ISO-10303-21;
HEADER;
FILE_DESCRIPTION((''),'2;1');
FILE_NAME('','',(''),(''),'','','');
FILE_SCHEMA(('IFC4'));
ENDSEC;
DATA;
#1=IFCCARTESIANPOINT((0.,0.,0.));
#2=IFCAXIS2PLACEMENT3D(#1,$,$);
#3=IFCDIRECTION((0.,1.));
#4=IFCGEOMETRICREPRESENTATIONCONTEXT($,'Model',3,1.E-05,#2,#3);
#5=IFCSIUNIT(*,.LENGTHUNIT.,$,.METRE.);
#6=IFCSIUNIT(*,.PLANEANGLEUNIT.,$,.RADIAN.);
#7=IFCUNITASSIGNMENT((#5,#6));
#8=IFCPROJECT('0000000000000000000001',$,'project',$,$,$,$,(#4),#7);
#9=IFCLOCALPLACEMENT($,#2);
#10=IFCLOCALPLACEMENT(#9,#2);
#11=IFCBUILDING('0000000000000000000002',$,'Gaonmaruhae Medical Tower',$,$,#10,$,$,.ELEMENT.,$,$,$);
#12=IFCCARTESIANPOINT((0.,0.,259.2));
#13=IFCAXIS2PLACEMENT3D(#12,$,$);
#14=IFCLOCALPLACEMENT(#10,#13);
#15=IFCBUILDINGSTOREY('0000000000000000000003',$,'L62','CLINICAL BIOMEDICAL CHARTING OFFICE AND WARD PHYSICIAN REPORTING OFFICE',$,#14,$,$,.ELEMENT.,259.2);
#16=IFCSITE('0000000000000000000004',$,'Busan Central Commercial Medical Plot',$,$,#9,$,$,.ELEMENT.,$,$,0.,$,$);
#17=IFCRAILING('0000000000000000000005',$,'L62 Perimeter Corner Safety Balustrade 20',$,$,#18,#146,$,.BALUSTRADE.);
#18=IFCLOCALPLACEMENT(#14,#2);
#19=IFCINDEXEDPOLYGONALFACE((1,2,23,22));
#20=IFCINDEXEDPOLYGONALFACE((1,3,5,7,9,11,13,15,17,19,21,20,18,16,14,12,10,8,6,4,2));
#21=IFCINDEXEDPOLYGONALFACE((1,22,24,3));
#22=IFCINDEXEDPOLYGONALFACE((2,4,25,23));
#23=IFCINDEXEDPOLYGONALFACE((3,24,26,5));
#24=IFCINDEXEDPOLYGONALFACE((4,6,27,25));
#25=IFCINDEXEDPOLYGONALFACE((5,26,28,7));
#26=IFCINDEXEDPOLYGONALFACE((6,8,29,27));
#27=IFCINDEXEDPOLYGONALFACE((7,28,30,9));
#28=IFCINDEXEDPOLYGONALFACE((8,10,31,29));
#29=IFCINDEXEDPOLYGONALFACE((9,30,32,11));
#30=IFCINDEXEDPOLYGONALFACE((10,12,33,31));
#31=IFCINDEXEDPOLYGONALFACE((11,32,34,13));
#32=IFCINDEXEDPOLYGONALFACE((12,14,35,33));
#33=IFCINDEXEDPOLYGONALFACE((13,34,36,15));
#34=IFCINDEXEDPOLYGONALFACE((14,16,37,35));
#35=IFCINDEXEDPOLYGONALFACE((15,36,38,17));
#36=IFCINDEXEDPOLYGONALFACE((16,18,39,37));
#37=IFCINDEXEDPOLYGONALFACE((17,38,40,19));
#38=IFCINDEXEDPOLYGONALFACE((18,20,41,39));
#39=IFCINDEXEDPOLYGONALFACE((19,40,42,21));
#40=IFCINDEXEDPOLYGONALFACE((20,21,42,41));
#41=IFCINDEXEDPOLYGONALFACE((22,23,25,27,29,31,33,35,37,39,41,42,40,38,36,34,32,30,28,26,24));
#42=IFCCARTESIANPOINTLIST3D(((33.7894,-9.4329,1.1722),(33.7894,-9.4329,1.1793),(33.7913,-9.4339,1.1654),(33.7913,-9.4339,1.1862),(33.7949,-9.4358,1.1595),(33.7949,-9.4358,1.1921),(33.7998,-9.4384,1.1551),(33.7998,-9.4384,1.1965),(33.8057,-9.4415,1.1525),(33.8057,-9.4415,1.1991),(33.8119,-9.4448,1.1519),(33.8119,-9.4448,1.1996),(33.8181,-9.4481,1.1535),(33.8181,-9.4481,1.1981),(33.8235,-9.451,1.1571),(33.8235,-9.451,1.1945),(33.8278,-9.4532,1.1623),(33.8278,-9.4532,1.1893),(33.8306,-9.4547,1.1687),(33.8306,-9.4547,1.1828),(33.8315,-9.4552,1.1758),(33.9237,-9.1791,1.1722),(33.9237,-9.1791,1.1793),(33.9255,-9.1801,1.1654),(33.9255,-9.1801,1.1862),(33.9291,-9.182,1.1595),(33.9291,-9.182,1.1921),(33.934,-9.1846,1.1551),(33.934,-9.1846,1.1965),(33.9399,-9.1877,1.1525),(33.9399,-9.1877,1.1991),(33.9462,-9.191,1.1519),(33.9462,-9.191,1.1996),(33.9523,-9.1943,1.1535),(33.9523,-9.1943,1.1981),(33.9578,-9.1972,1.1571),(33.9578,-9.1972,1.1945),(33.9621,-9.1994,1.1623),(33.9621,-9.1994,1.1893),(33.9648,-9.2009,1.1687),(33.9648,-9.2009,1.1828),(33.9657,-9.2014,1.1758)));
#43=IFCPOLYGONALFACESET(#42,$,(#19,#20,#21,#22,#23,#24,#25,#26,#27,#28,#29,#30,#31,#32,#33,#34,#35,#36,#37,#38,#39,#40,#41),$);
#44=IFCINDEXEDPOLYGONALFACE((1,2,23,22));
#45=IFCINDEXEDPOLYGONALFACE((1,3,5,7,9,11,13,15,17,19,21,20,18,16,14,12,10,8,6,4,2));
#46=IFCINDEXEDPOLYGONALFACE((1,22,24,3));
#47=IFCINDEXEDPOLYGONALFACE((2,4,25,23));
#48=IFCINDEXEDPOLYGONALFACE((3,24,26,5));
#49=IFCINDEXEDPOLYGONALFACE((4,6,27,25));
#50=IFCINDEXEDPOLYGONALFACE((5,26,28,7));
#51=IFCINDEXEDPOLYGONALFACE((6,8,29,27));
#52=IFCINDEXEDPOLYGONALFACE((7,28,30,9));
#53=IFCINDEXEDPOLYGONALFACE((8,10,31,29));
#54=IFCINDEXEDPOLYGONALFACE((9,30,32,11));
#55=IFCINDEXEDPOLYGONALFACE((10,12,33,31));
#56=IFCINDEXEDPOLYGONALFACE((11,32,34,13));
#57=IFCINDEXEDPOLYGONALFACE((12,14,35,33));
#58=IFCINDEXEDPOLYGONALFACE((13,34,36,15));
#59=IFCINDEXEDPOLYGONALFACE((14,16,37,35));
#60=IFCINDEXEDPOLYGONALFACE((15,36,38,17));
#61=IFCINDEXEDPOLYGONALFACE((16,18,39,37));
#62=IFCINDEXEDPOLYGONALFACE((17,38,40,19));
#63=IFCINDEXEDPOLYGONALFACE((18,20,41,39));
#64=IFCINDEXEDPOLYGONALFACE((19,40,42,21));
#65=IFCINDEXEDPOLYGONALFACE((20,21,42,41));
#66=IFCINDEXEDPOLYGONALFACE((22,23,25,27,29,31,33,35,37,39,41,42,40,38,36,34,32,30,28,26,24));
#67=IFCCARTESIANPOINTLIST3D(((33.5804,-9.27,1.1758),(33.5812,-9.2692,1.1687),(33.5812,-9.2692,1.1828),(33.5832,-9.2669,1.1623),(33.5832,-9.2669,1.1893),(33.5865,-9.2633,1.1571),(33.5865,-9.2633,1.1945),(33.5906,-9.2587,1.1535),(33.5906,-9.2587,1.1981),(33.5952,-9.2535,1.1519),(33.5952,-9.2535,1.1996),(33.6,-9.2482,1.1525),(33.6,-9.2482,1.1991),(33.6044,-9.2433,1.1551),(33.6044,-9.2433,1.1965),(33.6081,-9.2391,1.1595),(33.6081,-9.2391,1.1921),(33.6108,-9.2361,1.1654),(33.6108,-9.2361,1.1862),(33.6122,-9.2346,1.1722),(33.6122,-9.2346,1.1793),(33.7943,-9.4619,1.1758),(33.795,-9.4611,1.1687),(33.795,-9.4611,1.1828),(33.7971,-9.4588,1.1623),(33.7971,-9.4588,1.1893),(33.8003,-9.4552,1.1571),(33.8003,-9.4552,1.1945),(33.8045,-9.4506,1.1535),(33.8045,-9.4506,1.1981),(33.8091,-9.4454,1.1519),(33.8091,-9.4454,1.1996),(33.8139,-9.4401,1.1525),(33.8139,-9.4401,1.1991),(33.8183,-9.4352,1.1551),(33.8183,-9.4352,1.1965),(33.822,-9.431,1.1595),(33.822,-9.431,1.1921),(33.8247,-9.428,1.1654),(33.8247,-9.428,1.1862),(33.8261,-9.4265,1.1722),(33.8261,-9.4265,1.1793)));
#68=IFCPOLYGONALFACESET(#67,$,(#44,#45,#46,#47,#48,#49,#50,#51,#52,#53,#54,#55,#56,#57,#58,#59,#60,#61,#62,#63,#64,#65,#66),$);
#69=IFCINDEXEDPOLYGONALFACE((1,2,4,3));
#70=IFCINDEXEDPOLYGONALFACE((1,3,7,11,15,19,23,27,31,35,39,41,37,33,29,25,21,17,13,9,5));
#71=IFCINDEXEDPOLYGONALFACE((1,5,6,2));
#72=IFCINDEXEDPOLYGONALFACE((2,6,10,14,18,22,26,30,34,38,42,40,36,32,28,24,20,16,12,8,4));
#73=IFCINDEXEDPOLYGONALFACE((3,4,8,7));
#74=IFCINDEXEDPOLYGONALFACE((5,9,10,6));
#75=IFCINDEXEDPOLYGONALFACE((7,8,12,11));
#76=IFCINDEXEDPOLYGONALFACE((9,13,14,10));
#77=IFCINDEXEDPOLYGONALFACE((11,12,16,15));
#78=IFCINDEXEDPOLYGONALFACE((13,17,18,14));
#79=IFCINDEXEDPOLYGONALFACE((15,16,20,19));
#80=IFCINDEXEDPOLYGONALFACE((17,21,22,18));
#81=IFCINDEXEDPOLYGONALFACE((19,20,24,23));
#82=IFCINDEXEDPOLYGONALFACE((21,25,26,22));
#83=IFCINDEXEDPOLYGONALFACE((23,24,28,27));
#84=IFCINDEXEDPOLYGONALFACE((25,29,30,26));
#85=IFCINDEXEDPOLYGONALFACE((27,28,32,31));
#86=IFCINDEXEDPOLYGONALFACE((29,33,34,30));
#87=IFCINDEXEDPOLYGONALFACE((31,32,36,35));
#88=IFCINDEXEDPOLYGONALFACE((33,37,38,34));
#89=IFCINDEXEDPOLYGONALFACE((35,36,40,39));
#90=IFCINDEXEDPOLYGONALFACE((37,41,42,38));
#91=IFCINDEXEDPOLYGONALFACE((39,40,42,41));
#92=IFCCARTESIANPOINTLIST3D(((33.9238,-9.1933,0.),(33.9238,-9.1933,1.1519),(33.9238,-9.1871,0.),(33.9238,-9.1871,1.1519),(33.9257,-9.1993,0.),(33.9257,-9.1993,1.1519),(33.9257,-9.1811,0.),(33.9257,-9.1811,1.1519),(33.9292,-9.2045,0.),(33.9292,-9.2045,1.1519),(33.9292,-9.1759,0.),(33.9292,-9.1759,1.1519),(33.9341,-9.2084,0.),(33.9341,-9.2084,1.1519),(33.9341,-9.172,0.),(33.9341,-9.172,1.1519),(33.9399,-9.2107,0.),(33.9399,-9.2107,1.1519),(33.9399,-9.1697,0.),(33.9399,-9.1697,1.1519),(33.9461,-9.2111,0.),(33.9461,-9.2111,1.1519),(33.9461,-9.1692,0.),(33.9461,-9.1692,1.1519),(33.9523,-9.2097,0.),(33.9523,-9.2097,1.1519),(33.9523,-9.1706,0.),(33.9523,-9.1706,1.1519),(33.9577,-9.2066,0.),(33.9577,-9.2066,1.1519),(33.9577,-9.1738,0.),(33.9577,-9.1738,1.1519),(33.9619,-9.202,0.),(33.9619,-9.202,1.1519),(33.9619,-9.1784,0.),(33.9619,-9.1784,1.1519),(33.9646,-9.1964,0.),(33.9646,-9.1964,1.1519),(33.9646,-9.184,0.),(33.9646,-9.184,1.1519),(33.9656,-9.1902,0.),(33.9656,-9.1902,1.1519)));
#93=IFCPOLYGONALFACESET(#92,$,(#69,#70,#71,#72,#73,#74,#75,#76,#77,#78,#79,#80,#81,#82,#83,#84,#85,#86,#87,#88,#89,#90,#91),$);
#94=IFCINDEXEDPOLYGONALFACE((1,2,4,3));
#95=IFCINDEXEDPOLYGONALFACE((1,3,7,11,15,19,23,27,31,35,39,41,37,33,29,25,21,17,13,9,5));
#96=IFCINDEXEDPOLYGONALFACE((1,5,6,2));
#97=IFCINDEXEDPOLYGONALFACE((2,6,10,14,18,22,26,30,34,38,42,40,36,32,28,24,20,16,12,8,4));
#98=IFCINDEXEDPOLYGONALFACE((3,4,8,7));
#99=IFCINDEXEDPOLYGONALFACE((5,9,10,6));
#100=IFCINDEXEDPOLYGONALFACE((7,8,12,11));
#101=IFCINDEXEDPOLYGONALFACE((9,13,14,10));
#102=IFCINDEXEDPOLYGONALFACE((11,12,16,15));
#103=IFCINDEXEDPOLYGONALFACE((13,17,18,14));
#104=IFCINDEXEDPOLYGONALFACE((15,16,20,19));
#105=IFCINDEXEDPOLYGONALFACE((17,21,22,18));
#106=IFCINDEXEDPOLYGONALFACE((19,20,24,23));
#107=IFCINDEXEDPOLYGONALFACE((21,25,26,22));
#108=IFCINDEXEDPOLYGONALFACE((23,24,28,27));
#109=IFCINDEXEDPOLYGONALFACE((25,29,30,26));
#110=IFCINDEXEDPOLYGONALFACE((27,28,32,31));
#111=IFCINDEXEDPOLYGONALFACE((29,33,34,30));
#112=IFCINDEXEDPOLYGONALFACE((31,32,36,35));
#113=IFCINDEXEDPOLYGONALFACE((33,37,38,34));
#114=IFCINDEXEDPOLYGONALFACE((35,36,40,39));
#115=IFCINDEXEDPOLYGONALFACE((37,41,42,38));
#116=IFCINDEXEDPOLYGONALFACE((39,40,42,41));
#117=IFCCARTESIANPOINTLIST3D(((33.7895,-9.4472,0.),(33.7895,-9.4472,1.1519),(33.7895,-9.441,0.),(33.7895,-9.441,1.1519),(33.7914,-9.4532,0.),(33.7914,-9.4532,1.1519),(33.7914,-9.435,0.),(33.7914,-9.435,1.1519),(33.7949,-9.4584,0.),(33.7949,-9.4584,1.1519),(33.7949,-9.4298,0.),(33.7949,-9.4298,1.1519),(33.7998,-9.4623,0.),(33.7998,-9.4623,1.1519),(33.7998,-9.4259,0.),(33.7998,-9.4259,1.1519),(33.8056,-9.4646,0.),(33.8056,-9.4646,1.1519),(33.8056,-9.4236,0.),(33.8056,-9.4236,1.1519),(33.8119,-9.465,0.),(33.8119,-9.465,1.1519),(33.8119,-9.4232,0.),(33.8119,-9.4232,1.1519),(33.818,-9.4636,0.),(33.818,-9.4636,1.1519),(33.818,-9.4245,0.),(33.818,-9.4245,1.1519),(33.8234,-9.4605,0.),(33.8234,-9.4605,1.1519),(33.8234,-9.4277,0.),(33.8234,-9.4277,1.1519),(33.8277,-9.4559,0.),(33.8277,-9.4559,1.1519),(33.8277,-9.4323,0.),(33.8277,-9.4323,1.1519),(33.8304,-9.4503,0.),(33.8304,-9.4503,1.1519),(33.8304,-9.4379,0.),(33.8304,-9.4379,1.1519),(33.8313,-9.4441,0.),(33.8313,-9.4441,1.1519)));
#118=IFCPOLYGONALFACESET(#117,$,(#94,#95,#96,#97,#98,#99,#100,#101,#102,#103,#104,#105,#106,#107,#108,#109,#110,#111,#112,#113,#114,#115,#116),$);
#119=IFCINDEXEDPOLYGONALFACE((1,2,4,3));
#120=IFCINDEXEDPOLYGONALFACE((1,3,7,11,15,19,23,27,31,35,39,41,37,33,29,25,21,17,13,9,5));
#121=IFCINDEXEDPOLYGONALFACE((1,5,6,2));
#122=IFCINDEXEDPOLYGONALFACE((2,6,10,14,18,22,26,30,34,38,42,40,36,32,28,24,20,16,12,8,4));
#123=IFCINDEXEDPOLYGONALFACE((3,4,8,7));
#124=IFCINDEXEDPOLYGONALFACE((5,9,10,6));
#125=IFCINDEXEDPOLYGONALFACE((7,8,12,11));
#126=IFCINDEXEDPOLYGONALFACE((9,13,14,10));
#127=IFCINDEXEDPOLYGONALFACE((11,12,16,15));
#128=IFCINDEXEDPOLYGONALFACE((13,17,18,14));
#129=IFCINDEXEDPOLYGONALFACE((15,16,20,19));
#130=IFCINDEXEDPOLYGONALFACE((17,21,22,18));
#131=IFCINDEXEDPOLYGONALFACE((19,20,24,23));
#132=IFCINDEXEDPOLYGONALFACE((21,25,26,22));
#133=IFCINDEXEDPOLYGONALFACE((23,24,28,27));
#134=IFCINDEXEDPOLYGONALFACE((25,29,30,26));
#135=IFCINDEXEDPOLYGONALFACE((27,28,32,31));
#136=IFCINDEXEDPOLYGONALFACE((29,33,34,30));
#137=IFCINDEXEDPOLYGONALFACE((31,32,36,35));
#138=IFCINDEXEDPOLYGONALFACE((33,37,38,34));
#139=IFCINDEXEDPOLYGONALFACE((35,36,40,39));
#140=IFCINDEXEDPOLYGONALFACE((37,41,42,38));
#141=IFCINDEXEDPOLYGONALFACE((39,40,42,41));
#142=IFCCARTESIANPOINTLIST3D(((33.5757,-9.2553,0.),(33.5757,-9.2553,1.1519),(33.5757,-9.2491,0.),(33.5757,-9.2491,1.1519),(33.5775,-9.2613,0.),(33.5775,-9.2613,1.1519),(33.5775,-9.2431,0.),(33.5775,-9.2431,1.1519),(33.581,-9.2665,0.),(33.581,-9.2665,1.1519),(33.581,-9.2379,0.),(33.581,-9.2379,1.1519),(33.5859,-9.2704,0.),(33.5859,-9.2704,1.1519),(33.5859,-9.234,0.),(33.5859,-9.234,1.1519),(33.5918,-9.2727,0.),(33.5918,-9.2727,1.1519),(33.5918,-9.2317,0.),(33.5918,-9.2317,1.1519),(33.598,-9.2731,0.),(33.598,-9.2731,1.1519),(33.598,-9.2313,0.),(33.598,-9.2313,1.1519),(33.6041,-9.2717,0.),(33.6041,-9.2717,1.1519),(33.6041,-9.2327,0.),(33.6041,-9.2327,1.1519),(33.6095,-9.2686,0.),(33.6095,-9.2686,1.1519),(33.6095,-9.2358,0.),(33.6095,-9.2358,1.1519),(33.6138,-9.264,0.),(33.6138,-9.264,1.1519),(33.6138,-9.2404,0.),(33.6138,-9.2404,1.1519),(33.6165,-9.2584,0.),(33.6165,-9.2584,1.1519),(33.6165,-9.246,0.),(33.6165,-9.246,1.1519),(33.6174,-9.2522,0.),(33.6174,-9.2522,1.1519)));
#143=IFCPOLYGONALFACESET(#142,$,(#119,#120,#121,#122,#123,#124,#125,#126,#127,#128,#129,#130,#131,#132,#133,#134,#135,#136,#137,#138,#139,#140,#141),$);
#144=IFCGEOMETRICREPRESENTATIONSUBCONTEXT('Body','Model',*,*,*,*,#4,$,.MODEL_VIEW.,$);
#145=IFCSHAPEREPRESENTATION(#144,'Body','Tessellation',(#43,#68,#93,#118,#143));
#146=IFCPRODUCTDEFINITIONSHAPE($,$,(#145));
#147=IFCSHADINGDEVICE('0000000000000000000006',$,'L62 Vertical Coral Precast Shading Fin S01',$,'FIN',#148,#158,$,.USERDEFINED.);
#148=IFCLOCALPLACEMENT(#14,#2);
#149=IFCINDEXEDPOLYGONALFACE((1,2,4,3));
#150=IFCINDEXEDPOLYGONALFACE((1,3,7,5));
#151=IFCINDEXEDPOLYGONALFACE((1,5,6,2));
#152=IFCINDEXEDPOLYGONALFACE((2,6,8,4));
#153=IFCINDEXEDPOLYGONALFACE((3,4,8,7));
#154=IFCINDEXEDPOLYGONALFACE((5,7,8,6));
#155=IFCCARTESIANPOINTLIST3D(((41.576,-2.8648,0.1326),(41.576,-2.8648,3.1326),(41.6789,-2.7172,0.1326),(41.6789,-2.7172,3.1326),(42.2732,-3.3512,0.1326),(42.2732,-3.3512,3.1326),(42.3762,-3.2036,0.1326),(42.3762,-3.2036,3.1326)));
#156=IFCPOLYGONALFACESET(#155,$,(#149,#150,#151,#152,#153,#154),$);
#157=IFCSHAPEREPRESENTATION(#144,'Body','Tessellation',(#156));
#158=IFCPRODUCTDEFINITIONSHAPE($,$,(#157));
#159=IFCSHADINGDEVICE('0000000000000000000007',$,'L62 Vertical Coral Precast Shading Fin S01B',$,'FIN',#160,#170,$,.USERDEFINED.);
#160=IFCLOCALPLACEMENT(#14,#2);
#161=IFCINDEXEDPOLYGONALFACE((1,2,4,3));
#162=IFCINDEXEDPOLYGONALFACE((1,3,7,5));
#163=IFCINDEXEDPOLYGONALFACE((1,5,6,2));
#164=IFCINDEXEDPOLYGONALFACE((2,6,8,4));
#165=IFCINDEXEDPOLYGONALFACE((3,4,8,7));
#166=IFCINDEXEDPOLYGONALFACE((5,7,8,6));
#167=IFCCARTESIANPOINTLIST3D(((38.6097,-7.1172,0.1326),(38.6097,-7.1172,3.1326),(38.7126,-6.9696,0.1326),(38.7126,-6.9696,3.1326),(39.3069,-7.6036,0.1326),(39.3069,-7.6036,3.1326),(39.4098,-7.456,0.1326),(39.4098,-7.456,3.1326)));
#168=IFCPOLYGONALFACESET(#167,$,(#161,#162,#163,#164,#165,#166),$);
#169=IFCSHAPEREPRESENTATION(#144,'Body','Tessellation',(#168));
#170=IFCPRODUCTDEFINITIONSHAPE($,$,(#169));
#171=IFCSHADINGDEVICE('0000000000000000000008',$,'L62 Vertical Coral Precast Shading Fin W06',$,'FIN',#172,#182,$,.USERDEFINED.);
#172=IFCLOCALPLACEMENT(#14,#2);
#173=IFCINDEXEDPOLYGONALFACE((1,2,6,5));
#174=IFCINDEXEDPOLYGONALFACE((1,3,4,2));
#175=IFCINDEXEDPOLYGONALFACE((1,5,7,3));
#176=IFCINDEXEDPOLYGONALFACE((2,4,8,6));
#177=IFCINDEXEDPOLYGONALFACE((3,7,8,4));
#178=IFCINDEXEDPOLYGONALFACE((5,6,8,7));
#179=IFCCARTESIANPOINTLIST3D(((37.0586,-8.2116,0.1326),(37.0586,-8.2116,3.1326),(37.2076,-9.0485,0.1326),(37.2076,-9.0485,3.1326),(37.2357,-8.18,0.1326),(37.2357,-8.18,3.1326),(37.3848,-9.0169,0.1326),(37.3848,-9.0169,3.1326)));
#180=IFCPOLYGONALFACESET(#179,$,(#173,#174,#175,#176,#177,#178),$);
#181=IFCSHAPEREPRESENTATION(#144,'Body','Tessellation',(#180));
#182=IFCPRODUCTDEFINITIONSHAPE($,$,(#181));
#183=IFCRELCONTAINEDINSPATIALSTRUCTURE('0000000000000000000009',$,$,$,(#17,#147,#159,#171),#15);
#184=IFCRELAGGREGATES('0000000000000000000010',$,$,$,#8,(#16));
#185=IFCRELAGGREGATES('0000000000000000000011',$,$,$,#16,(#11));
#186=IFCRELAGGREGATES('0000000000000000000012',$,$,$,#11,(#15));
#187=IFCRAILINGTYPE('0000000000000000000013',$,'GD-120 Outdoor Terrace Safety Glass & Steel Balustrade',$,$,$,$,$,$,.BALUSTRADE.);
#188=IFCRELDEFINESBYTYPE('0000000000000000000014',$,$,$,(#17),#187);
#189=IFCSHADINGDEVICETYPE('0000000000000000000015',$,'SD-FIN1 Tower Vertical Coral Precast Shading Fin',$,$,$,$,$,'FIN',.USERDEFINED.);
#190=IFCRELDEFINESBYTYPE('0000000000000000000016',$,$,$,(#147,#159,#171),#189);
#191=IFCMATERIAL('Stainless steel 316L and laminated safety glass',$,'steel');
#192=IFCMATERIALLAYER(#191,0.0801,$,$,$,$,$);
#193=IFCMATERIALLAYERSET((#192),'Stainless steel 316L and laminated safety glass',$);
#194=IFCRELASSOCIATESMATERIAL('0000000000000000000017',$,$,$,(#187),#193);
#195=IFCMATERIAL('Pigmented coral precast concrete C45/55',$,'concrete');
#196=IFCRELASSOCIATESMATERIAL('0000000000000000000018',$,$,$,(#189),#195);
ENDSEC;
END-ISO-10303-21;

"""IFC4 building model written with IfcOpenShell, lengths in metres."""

from ifc_helpers import new_model, si_unit, direction, frame, origin, origin_2d, place, context, subcontext, project, spatial, rectangle, circle, extrude, material, layer, layer_set, type_object, element, save


model = new_model("IFC4")

# Units and contexts
model_context = context("Model", 3, precision=1e-05, world=origin(), true_north=direction((0.0, 1.0)))
body_context = subcontext(model_context, "Body", "Model", "MODEL_VIEW")
ifc_project = project(units=[si_unit("LENGTHUNIT", "METRE"), si_unit("PLANEANGLEUNIT", "RADIAN")], contexts=[model_context])

# Site, building, storey
site_placement = place(None, origin())
site = spatial("IfcSite", under=ifc_project, at=site_placement, Name="Busan Central Commercial Medical Plot", CompositionType="ELEMENT", RefElevation=0.0)
building_placement = place(site_placement, origin())
building = spatial("IfcBuilding", under=site, at=building_placement, Name="Gaonmaruhae Medical Tower", CompositionType="ELEMENT")
storey_placement = place(building_placement, frame((0.0, 0.0, 259.2)))
storey = spatial("IfcBuildingStorey", under=building, at=storey_placement, Name="L62", Description="CLINICAL BIOMEDICAL CHARTING OFFICE AND WARD PHYSICIAN REPORTING OFFICE", CompositionType="ELEMENT", Elevation=259.2)

# Railing
ifc_material_1 = material(Name="Stainless steel 316L and laminated safety glass", Category="steel")
ifc_layer_1 = layer(ifc_material_1, 0.0801)
ifc_layer_set_1 = layer_set([ifc_layer_1], Name="Stainless steel 316L and laminated safety glass")
railing_type = type_object("IfcRailingType", Name="GD-120 Outdoor Terrace Safety Glass & Steel Balustrade", PredefinedType="BALUSTRADE", material=ifc_layer_set_1)
railing_1_placement = place(storey_placement, frame((33.9446, -9.1902, 0.0)))
element("IfcRailing", 1, at=railing_1_placement, inside=storey, type_object=railing_type, Name="L62 Perimeter Corner Safety Balustrade 20", PredefinedType="BALUSTRADE", context=body_context, shape_type="SweptSolid", body=[
    extrude(circle(Radius=0.0239, at=origin_2d()), frame((0.0, 0.0, 1.1758), z_axis=(-0.467497, -0.883995, 0.0), x_axis=(0.883995, -0.467497, 0.0)), (0.0, 0.0, 1.0), 0.2871),
    extrude(circle(Radius=0.0239, at=origin_2d()), frame((-0.1343, -0.2539, 1.1758), z_axis=(-0.744307, 0.667837, 0.0), x_axis=(-0.667837, -0.744307, 0.0)), (0.0, 0.0, 1.0), 0.2874),
    extrude(circle(Radius=0.021, at=origin_2d()), origin(), (0.0, 0.0, 1.0), 1.1519),
    extrude(circle(Radius=0.021, at=origin_2d()), frame((-0.1343, -0.2539, 0.0)), (0.0, 0.0, 1.0), 1.1519),
    extrude(circle(Radius=0.021, at=origin_2d()), frame((-0.3481, -0.062, 0.0)), (0.0, 0.0, 1.0), 1.1519),
])

# Shading devices
ifc_material_2 = material(Name="Pigmented coral precast concrete C45/55", Category="concrete")
shading_device_type = type_object("IfcShadingDeviceType", Name="SD-FIN1 Tower Vertical Coral Precast Shading Fin", ElementType="FIN", PredefinedType="USERDEFINED", material=ifc_material_2)
for number, where, z_axis, x_axis, name in (
    (2, (41.9761, -3.0342, 0.1326), (0.0, 0.0, 1.0), (-0.572146, -0.820152, 0.0), "L62 Vertical Coral Precast Shading Fin S01"),
    (3, (39.0098, -7.2866, 0.1326), (0.0, 0.0, 1.0), (-0.572146, -0.820152, 0.0), "L62 Vertical Coral Precast Shading Fin S01B"),
    (4, (37.2217, -8.6143, 0.1326), (0.0, 0.0, 1.0), (-0.984503, -0.175367, 0.0), "L62 Vertical Coral Precast Shading Fin W06"),
):
    element("IfcShadingDevice", number, at=place(storey_placement, frame(where, z_axis=z_axis, x_axis=x_axis)), inside=storey, type_object=shading_device_type, Name=name, ObjectType="FIN", PredefinedType="USERDEFINED", context=body_context, shape_type="SweptSolid", body=[
        extrude(rectangle(XDim=0.1799, YDim=0.8501, at=origin_2d()), origin(), (0.0, 0.0, 1.0), 3.0),
    ])

save(model, "model.ifc")
